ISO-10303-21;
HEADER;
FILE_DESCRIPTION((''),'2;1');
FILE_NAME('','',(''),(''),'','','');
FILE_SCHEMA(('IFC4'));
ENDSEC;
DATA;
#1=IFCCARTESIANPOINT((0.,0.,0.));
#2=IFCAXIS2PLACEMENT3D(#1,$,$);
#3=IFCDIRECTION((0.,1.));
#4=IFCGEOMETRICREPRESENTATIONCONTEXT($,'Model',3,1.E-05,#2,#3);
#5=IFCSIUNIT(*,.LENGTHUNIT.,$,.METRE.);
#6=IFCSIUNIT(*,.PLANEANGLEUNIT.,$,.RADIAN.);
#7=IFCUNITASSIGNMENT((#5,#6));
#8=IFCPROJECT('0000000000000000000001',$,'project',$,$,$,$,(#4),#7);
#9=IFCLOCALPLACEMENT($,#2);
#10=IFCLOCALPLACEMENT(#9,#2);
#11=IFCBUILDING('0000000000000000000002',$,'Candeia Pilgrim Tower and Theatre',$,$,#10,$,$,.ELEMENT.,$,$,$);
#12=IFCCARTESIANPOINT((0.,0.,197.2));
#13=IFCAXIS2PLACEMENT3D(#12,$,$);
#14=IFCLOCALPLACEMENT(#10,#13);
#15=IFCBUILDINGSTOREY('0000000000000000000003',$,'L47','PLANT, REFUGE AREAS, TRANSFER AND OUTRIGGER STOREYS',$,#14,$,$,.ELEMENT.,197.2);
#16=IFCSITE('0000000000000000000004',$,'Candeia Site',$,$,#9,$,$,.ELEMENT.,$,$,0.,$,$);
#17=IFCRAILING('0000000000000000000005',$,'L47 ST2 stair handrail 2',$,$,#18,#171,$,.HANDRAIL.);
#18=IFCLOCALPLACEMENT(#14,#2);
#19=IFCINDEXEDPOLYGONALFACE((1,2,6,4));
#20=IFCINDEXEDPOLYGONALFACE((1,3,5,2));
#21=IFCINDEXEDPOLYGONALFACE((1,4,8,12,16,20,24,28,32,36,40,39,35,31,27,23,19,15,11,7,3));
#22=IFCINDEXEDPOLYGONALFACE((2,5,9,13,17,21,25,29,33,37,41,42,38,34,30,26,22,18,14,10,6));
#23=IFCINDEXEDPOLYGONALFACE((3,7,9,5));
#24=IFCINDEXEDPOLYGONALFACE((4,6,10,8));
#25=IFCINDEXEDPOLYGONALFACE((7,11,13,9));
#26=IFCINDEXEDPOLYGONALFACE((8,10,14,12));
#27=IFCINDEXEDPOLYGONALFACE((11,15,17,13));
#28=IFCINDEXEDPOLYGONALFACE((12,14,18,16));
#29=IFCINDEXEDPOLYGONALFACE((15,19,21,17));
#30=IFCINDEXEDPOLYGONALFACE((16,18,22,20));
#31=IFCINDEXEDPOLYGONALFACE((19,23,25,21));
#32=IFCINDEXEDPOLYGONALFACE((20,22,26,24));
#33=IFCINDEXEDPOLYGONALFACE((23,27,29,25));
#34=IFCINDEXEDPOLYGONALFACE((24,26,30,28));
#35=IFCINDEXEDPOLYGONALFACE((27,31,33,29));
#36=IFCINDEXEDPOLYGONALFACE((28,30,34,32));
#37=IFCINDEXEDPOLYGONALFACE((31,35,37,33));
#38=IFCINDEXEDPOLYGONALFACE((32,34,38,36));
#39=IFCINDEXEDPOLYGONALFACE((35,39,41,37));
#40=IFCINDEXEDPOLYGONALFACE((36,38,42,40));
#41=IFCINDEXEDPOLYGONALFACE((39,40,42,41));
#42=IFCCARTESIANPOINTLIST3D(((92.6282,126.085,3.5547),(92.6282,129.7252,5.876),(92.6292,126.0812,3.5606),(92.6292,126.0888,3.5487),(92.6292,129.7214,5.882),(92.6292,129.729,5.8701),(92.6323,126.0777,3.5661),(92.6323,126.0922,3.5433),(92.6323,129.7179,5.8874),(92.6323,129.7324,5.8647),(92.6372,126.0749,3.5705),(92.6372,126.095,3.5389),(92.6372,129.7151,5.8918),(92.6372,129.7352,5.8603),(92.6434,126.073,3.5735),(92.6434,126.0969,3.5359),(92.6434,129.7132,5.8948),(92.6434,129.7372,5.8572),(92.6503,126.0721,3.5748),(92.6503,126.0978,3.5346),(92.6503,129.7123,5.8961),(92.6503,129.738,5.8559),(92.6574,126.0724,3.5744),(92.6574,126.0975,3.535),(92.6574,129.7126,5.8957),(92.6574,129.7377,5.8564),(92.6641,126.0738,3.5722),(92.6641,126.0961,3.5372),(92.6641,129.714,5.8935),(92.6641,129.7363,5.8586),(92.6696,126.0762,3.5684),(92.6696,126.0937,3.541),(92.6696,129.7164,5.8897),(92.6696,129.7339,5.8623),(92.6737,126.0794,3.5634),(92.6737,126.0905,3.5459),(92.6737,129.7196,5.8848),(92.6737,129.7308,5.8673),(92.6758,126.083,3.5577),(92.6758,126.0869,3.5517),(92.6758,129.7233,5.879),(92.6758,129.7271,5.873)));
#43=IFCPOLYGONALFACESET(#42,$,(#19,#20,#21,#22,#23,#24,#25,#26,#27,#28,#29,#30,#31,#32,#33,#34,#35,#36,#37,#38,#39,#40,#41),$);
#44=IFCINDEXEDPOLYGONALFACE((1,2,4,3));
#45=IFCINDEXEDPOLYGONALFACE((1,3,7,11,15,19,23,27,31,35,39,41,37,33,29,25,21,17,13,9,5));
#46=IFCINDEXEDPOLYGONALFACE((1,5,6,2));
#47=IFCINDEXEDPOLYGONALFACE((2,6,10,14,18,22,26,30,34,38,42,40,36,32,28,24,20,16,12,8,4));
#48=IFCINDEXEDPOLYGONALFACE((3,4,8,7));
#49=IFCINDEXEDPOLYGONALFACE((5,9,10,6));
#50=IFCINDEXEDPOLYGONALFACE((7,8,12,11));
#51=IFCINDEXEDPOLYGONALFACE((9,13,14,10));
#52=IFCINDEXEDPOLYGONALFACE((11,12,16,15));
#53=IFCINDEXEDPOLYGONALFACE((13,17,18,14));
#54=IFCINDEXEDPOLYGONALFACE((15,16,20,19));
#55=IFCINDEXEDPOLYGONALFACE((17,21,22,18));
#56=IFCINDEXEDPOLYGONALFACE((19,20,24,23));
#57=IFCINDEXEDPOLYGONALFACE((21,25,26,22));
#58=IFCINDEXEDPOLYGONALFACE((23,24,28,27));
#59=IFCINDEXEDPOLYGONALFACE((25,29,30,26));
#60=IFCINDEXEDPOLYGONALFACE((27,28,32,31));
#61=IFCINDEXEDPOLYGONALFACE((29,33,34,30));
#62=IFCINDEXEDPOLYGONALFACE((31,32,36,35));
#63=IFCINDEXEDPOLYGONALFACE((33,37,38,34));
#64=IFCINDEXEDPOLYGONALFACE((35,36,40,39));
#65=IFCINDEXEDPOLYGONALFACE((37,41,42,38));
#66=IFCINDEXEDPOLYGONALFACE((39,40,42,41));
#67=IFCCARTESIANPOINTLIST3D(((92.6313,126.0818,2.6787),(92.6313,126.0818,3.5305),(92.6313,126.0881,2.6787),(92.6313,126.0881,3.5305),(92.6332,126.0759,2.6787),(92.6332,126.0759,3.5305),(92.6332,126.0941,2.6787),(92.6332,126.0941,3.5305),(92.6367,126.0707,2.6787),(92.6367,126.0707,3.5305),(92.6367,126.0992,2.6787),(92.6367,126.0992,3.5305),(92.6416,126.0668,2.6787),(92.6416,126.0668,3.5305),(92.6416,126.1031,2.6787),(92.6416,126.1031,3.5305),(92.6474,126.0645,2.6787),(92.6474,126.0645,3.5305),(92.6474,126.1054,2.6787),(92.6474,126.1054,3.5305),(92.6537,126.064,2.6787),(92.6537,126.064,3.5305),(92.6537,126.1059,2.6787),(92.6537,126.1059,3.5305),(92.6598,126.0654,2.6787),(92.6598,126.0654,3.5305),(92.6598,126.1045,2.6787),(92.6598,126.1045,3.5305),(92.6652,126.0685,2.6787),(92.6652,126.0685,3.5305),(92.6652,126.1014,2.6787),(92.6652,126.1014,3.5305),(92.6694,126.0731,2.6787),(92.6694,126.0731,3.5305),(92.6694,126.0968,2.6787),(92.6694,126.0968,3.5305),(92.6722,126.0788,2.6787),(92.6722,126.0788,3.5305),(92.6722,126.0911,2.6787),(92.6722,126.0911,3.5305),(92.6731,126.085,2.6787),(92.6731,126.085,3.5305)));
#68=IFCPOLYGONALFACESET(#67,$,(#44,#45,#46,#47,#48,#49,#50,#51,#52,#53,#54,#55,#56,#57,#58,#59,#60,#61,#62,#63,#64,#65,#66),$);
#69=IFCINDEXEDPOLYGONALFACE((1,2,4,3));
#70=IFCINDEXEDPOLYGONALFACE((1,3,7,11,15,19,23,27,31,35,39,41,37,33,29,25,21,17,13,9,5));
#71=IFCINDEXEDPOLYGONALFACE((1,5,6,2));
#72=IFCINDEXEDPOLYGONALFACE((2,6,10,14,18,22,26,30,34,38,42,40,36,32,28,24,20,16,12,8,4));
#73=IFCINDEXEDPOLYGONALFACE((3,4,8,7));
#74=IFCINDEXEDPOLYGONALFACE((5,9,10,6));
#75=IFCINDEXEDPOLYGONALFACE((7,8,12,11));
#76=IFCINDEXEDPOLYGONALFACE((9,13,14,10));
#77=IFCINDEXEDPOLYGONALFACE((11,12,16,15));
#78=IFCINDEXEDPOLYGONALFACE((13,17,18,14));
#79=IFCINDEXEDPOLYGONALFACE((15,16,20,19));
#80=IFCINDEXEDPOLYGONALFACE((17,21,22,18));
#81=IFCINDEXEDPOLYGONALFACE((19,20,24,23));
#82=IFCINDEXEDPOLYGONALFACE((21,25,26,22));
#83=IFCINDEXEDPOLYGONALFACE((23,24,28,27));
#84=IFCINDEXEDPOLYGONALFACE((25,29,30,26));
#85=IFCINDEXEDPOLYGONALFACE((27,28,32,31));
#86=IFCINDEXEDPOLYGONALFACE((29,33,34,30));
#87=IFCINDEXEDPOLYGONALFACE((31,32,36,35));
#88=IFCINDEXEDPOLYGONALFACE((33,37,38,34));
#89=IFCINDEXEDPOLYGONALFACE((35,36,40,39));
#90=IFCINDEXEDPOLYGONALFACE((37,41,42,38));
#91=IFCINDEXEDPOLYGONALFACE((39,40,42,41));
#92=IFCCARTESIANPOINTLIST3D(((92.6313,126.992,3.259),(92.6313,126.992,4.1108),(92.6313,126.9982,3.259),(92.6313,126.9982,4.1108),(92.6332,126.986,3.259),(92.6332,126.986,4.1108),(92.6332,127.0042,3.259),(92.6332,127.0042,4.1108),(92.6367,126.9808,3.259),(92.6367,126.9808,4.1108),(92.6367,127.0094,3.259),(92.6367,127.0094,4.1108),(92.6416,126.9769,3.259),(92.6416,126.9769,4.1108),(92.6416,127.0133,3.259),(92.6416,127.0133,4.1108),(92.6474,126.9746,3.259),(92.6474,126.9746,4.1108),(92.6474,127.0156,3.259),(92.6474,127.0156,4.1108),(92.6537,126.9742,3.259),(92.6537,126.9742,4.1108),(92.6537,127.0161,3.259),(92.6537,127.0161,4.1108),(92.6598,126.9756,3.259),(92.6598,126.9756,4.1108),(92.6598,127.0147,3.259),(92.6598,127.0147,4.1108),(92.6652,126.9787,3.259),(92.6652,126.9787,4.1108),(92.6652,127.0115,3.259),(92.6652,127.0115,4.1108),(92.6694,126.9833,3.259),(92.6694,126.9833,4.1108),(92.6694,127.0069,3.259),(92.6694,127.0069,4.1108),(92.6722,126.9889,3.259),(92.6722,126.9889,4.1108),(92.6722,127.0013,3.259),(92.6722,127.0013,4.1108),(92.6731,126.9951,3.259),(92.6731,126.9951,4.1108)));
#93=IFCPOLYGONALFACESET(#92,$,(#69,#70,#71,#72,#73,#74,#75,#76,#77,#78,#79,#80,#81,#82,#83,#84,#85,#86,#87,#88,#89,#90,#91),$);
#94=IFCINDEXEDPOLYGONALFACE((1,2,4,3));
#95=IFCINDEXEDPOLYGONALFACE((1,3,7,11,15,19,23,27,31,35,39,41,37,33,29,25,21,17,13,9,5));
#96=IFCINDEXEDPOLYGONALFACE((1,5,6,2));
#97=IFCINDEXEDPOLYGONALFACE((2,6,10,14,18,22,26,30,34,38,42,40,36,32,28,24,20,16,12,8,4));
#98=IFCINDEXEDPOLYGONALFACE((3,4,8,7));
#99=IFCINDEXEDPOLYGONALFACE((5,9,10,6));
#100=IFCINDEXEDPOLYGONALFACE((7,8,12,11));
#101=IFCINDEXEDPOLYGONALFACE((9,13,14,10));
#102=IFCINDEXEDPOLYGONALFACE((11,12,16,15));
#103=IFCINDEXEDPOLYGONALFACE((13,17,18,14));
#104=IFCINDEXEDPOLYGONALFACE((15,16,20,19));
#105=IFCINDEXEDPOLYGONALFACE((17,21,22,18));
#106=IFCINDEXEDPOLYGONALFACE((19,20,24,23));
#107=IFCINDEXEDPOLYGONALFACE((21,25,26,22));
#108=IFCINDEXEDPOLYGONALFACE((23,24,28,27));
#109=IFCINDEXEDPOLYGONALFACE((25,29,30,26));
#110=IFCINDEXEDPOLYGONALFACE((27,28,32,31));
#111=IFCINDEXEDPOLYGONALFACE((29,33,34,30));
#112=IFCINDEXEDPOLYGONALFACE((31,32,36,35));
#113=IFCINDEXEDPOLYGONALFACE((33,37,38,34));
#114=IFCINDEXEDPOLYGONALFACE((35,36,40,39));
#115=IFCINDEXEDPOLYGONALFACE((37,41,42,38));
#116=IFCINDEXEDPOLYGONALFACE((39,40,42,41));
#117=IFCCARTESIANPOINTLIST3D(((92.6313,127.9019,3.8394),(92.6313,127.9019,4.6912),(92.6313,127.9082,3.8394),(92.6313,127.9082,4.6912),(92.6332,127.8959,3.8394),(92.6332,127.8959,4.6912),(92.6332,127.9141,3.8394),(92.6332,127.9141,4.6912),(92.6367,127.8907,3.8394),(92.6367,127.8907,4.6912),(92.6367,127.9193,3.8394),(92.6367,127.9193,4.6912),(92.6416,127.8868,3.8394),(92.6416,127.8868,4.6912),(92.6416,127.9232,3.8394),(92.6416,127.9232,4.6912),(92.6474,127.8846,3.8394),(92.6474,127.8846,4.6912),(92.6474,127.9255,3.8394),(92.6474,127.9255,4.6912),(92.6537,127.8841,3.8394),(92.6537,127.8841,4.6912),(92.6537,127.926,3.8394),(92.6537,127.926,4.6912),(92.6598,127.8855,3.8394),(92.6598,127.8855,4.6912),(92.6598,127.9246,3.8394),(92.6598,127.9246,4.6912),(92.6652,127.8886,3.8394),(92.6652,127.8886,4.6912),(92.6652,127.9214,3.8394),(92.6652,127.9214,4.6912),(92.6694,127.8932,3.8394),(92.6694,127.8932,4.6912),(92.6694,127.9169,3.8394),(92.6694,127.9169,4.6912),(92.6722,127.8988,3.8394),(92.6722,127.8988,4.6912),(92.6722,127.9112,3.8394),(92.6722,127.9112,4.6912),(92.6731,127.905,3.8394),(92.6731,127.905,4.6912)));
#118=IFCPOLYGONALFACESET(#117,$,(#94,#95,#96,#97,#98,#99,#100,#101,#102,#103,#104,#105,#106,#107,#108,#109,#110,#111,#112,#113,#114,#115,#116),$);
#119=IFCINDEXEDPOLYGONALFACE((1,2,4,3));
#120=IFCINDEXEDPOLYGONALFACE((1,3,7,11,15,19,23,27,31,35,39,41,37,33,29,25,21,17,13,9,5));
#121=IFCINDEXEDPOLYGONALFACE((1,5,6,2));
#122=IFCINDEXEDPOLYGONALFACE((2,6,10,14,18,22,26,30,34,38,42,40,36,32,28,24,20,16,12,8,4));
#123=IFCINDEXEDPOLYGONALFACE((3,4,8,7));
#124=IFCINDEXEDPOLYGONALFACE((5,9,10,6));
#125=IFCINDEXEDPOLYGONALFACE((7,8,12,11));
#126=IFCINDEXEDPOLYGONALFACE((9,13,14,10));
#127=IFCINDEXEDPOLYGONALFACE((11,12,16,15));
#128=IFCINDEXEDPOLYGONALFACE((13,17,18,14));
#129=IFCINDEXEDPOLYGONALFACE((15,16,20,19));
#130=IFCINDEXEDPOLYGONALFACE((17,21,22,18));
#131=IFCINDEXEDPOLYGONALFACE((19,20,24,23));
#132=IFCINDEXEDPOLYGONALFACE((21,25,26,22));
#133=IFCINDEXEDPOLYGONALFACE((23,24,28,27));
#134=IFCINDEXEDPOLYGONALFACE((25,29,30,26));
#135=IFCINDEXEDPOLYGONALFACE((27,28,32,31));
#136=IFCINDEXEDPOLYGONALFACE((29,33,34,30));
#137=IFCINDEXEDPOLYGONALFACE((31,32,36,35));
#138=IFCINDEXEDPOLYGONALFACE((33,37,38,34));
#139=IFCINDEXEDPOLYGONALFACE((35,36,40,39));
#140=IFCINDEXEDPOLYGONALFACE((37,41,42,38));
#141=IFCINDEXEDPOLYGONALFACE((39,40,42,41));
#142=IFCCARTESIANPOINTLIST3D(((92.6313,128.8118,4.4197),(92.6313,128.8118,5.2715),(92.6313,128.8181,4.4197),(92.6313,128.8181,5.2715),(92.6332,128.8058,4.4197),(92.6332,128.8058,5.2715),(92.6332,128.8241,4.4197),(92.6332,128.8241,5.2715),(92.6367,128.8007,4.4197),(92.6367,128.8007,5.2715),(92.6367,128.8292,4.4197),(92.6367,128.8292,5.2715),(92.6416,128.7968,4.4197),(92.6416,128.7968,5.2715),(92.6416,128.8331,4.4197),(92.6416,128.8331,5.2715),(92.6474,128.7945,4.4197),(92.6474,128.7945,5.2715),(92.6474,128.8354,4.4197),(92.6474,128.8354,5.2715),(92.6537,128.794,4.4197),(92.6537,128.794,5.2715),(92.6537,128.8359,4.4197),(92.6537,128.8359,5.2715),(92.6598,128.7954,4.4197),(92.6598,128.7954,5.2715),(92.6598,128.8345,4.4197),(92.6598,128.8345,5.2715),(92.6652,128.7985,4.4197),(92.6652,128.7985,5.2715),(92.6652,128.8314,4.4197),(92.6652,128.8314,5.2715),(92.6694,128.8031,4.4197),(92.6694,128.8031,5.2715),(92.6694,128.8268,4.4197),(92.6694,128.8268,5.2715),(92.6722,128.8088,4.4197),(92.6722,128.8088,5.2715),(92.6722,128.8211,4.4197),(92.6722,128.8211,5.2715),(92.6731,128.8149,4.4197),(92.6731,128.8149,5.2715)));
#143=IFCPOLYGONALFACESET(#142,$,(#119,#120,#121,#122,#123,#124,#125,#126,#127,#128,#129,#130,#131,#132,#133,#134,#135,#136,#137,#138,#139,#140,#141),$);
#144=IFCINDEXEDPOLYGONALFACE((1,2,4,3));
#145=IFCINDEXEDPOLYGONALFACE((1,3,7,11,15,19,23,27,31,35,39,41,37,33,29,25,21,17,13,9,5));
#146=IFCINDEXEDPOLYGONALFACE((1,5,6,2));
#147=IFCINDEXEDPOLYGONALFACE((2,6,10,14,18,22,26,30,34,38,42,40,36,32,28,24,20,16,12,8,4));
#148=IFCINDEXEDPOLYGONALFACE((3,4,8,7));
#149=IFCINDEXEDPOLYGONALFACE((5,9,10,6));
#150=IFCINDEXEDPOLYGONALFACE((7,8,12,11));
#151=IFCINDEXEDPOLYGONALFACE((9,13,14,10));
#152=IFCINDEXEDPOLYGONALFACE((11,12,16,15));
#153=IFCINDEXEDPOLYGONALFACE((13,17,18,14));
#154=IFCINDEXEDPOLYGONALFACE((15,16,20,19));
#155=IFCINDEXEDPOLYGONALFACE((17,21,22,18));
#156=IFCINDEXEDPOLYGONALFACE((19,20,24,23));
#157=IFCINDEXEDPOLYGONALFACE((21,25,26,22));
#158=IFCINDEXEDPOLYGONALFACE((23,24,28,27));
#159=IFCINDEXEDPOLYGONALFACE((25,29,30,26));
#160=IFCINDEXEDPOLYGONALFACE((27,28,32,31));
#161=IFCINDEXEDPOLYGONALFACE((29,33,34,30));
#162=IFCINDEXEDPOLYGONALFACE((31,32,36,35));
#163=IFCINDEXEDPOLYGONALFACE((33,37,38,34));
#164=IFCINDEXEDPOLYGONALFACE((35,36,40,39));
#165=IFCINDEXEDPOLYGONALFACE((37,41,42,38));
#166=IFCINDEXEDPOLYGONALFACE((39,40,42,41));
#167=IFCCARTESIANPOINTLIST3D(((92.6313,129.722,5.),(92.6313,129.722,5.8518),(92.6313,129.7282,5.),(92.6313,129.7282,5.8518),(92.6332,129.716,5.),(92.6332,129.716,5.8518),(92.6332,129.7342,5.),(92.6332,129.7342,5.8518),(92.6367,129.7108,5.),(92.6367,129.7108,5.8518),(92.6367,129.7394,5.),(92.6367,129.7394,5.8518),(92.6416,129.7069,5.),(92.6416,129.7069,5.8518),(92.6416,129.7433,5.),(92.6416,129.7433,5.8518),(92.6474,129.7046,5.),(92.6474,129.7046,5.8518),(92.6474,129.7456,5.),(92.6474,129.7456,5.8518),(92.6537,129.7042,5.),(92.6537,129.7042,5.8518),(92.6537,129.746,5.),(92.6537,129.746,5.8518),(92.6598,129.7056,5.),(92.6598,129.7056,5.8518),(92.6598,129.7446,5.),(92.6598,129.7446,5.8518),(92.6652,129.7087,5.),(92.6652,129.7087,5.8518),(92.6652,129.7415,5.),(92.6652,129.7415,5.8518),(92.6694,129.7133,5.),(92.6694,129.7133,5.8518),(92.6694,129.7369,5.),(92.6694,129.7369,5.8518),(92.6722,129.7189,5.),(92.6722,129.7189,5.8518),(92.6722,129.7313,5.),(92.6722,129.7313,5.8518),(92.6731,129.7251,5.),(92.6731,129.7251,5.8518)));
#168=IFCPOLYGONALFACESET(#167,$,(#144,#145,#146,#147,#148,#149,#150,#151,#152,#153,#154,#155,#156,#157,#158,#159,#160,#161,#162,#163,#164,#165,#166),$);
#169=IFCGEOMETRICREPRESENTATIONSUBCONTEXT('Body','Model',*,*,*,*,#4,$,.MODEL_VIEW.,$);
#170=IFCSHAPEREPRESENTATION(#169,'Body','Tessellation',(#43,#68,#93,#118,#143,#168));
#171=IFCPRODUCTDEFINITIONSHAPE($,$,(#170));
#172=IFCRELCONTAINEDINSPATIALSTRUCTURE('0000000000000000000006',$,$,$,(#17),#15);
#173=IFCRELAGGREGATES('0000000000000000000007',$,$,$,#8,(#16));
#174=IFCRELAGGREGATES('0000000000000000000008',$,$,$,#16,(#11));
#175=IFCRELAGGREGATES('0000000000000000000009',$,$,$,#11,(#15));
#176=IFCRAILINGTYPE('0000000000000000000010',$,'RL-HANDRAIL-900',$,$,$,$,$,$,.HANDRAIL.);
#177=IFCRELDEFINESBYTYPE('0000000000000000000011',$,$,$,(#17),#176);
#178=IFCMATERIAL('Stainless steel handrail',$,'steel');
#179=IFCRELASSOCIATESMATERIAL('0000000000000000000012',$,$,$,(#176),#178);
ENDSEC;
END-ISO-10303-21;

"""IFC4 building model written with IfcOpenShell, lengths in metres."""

from ifc_helpers import new_model, si_unit, direction, frame, origin, origin_2d, place, context, subcontext, project, spatial, circle, extrude, material, type_object, element, save


model = new_model("IFC4")

# Units and contexts
model_context = context("Model", 3, precision=1e-05, world=origin(), true_north=direction((0.0, 1.0)))
body_context = subcontext(model_context, "Body", "Model", "MODEL_VIEW")
ifc_project = project(units=[si_unit("LENGTHUNIT", "METRE"), si_unit("PLANEANGLEUNIT", "RADIAN")], contexts=[model_context])

# Site, building, storey
site_placement = place(None, origin())
site = spatial("IfcSite", under=ifc_project, at=site_placement, Name="Candeia Site", CompositionType="ELEMENT", RefElevation=0.0)
building_placement = place(site_placement, origin())
building = spatial("IfcBuilding", under=site, at=building_placement, Name="Candeia Pilgrim Tower and Theatre", CompositionType="ELEMENT")
storey_placement = place(building_placement, frame((0.0, 0.0, 197.2)))
storey = spatial("IfcBuildingStorey", under=building, at=storey_placement, Name="L47", Description="PLANT, REFUGE AREAS, TRANSFER AND OUTRIGGER STOREYS", CompositionType="ELEMENT", Elevation=197.2)

# Railing
ifc_material_1 = material(Name="Stainless steel handrail", Category="steel")
railing_type_1 = type_object("IfcRailingType", Name="RL-HANDRAIL-900", PredefinedType="HANDRAIL", material=ifc_material_1)
railing_1_placement = place(storey_placement, frame((92.6521, 126.085, 2.6787)))
element("IfcRailing", 1, at=railing_1_placement, inside=storey, type_object=railing_type_1, Name="L47 ST2 stair handrail 2", PredefinedType="HANDRAIL", context=body_context, shape_type="SweptSolid", body=[
    extrude(circle(Radius=0.0239, at=origin_2d()), frame((0.0, 0.0, 0.876), z_axis=(0.0, 0.843153, 0.537673), x_axis=(-1.0, 0.0, 0.0)), (0.0, 0.0, 1.0), 4.3174),
    extrude(circle(Radius=0.021, at=origin_2d()), origin(), (0.0, 0.0, 1.0), 0.8518),
    extrude(circle(Radius=0.021, at=origin_2d()), frame((0.0, 0.9102, 0.5803)), (0.0, 0.0, 1.0), 0.8518),
    extrude(circle(Radius=0.021, at=origin_2d()), frame((0.0, 1.8201, 1.1606)), (0.0, 0.0, 1.0), 0.8518),
    extrude(circle(Radius=0.021, at=origin_2d()), frame((0.0, 2.73, 1.741)), (0.0, 0.0, 1.0), 0.8518),
    extrude(circle(Radius=0.021, at=origin_2d()), frame((0.0, 3.6401, 2.3213)), (0.0, 0.0, 1.0), 0.8518),
])

save(model, "model.ifc")
